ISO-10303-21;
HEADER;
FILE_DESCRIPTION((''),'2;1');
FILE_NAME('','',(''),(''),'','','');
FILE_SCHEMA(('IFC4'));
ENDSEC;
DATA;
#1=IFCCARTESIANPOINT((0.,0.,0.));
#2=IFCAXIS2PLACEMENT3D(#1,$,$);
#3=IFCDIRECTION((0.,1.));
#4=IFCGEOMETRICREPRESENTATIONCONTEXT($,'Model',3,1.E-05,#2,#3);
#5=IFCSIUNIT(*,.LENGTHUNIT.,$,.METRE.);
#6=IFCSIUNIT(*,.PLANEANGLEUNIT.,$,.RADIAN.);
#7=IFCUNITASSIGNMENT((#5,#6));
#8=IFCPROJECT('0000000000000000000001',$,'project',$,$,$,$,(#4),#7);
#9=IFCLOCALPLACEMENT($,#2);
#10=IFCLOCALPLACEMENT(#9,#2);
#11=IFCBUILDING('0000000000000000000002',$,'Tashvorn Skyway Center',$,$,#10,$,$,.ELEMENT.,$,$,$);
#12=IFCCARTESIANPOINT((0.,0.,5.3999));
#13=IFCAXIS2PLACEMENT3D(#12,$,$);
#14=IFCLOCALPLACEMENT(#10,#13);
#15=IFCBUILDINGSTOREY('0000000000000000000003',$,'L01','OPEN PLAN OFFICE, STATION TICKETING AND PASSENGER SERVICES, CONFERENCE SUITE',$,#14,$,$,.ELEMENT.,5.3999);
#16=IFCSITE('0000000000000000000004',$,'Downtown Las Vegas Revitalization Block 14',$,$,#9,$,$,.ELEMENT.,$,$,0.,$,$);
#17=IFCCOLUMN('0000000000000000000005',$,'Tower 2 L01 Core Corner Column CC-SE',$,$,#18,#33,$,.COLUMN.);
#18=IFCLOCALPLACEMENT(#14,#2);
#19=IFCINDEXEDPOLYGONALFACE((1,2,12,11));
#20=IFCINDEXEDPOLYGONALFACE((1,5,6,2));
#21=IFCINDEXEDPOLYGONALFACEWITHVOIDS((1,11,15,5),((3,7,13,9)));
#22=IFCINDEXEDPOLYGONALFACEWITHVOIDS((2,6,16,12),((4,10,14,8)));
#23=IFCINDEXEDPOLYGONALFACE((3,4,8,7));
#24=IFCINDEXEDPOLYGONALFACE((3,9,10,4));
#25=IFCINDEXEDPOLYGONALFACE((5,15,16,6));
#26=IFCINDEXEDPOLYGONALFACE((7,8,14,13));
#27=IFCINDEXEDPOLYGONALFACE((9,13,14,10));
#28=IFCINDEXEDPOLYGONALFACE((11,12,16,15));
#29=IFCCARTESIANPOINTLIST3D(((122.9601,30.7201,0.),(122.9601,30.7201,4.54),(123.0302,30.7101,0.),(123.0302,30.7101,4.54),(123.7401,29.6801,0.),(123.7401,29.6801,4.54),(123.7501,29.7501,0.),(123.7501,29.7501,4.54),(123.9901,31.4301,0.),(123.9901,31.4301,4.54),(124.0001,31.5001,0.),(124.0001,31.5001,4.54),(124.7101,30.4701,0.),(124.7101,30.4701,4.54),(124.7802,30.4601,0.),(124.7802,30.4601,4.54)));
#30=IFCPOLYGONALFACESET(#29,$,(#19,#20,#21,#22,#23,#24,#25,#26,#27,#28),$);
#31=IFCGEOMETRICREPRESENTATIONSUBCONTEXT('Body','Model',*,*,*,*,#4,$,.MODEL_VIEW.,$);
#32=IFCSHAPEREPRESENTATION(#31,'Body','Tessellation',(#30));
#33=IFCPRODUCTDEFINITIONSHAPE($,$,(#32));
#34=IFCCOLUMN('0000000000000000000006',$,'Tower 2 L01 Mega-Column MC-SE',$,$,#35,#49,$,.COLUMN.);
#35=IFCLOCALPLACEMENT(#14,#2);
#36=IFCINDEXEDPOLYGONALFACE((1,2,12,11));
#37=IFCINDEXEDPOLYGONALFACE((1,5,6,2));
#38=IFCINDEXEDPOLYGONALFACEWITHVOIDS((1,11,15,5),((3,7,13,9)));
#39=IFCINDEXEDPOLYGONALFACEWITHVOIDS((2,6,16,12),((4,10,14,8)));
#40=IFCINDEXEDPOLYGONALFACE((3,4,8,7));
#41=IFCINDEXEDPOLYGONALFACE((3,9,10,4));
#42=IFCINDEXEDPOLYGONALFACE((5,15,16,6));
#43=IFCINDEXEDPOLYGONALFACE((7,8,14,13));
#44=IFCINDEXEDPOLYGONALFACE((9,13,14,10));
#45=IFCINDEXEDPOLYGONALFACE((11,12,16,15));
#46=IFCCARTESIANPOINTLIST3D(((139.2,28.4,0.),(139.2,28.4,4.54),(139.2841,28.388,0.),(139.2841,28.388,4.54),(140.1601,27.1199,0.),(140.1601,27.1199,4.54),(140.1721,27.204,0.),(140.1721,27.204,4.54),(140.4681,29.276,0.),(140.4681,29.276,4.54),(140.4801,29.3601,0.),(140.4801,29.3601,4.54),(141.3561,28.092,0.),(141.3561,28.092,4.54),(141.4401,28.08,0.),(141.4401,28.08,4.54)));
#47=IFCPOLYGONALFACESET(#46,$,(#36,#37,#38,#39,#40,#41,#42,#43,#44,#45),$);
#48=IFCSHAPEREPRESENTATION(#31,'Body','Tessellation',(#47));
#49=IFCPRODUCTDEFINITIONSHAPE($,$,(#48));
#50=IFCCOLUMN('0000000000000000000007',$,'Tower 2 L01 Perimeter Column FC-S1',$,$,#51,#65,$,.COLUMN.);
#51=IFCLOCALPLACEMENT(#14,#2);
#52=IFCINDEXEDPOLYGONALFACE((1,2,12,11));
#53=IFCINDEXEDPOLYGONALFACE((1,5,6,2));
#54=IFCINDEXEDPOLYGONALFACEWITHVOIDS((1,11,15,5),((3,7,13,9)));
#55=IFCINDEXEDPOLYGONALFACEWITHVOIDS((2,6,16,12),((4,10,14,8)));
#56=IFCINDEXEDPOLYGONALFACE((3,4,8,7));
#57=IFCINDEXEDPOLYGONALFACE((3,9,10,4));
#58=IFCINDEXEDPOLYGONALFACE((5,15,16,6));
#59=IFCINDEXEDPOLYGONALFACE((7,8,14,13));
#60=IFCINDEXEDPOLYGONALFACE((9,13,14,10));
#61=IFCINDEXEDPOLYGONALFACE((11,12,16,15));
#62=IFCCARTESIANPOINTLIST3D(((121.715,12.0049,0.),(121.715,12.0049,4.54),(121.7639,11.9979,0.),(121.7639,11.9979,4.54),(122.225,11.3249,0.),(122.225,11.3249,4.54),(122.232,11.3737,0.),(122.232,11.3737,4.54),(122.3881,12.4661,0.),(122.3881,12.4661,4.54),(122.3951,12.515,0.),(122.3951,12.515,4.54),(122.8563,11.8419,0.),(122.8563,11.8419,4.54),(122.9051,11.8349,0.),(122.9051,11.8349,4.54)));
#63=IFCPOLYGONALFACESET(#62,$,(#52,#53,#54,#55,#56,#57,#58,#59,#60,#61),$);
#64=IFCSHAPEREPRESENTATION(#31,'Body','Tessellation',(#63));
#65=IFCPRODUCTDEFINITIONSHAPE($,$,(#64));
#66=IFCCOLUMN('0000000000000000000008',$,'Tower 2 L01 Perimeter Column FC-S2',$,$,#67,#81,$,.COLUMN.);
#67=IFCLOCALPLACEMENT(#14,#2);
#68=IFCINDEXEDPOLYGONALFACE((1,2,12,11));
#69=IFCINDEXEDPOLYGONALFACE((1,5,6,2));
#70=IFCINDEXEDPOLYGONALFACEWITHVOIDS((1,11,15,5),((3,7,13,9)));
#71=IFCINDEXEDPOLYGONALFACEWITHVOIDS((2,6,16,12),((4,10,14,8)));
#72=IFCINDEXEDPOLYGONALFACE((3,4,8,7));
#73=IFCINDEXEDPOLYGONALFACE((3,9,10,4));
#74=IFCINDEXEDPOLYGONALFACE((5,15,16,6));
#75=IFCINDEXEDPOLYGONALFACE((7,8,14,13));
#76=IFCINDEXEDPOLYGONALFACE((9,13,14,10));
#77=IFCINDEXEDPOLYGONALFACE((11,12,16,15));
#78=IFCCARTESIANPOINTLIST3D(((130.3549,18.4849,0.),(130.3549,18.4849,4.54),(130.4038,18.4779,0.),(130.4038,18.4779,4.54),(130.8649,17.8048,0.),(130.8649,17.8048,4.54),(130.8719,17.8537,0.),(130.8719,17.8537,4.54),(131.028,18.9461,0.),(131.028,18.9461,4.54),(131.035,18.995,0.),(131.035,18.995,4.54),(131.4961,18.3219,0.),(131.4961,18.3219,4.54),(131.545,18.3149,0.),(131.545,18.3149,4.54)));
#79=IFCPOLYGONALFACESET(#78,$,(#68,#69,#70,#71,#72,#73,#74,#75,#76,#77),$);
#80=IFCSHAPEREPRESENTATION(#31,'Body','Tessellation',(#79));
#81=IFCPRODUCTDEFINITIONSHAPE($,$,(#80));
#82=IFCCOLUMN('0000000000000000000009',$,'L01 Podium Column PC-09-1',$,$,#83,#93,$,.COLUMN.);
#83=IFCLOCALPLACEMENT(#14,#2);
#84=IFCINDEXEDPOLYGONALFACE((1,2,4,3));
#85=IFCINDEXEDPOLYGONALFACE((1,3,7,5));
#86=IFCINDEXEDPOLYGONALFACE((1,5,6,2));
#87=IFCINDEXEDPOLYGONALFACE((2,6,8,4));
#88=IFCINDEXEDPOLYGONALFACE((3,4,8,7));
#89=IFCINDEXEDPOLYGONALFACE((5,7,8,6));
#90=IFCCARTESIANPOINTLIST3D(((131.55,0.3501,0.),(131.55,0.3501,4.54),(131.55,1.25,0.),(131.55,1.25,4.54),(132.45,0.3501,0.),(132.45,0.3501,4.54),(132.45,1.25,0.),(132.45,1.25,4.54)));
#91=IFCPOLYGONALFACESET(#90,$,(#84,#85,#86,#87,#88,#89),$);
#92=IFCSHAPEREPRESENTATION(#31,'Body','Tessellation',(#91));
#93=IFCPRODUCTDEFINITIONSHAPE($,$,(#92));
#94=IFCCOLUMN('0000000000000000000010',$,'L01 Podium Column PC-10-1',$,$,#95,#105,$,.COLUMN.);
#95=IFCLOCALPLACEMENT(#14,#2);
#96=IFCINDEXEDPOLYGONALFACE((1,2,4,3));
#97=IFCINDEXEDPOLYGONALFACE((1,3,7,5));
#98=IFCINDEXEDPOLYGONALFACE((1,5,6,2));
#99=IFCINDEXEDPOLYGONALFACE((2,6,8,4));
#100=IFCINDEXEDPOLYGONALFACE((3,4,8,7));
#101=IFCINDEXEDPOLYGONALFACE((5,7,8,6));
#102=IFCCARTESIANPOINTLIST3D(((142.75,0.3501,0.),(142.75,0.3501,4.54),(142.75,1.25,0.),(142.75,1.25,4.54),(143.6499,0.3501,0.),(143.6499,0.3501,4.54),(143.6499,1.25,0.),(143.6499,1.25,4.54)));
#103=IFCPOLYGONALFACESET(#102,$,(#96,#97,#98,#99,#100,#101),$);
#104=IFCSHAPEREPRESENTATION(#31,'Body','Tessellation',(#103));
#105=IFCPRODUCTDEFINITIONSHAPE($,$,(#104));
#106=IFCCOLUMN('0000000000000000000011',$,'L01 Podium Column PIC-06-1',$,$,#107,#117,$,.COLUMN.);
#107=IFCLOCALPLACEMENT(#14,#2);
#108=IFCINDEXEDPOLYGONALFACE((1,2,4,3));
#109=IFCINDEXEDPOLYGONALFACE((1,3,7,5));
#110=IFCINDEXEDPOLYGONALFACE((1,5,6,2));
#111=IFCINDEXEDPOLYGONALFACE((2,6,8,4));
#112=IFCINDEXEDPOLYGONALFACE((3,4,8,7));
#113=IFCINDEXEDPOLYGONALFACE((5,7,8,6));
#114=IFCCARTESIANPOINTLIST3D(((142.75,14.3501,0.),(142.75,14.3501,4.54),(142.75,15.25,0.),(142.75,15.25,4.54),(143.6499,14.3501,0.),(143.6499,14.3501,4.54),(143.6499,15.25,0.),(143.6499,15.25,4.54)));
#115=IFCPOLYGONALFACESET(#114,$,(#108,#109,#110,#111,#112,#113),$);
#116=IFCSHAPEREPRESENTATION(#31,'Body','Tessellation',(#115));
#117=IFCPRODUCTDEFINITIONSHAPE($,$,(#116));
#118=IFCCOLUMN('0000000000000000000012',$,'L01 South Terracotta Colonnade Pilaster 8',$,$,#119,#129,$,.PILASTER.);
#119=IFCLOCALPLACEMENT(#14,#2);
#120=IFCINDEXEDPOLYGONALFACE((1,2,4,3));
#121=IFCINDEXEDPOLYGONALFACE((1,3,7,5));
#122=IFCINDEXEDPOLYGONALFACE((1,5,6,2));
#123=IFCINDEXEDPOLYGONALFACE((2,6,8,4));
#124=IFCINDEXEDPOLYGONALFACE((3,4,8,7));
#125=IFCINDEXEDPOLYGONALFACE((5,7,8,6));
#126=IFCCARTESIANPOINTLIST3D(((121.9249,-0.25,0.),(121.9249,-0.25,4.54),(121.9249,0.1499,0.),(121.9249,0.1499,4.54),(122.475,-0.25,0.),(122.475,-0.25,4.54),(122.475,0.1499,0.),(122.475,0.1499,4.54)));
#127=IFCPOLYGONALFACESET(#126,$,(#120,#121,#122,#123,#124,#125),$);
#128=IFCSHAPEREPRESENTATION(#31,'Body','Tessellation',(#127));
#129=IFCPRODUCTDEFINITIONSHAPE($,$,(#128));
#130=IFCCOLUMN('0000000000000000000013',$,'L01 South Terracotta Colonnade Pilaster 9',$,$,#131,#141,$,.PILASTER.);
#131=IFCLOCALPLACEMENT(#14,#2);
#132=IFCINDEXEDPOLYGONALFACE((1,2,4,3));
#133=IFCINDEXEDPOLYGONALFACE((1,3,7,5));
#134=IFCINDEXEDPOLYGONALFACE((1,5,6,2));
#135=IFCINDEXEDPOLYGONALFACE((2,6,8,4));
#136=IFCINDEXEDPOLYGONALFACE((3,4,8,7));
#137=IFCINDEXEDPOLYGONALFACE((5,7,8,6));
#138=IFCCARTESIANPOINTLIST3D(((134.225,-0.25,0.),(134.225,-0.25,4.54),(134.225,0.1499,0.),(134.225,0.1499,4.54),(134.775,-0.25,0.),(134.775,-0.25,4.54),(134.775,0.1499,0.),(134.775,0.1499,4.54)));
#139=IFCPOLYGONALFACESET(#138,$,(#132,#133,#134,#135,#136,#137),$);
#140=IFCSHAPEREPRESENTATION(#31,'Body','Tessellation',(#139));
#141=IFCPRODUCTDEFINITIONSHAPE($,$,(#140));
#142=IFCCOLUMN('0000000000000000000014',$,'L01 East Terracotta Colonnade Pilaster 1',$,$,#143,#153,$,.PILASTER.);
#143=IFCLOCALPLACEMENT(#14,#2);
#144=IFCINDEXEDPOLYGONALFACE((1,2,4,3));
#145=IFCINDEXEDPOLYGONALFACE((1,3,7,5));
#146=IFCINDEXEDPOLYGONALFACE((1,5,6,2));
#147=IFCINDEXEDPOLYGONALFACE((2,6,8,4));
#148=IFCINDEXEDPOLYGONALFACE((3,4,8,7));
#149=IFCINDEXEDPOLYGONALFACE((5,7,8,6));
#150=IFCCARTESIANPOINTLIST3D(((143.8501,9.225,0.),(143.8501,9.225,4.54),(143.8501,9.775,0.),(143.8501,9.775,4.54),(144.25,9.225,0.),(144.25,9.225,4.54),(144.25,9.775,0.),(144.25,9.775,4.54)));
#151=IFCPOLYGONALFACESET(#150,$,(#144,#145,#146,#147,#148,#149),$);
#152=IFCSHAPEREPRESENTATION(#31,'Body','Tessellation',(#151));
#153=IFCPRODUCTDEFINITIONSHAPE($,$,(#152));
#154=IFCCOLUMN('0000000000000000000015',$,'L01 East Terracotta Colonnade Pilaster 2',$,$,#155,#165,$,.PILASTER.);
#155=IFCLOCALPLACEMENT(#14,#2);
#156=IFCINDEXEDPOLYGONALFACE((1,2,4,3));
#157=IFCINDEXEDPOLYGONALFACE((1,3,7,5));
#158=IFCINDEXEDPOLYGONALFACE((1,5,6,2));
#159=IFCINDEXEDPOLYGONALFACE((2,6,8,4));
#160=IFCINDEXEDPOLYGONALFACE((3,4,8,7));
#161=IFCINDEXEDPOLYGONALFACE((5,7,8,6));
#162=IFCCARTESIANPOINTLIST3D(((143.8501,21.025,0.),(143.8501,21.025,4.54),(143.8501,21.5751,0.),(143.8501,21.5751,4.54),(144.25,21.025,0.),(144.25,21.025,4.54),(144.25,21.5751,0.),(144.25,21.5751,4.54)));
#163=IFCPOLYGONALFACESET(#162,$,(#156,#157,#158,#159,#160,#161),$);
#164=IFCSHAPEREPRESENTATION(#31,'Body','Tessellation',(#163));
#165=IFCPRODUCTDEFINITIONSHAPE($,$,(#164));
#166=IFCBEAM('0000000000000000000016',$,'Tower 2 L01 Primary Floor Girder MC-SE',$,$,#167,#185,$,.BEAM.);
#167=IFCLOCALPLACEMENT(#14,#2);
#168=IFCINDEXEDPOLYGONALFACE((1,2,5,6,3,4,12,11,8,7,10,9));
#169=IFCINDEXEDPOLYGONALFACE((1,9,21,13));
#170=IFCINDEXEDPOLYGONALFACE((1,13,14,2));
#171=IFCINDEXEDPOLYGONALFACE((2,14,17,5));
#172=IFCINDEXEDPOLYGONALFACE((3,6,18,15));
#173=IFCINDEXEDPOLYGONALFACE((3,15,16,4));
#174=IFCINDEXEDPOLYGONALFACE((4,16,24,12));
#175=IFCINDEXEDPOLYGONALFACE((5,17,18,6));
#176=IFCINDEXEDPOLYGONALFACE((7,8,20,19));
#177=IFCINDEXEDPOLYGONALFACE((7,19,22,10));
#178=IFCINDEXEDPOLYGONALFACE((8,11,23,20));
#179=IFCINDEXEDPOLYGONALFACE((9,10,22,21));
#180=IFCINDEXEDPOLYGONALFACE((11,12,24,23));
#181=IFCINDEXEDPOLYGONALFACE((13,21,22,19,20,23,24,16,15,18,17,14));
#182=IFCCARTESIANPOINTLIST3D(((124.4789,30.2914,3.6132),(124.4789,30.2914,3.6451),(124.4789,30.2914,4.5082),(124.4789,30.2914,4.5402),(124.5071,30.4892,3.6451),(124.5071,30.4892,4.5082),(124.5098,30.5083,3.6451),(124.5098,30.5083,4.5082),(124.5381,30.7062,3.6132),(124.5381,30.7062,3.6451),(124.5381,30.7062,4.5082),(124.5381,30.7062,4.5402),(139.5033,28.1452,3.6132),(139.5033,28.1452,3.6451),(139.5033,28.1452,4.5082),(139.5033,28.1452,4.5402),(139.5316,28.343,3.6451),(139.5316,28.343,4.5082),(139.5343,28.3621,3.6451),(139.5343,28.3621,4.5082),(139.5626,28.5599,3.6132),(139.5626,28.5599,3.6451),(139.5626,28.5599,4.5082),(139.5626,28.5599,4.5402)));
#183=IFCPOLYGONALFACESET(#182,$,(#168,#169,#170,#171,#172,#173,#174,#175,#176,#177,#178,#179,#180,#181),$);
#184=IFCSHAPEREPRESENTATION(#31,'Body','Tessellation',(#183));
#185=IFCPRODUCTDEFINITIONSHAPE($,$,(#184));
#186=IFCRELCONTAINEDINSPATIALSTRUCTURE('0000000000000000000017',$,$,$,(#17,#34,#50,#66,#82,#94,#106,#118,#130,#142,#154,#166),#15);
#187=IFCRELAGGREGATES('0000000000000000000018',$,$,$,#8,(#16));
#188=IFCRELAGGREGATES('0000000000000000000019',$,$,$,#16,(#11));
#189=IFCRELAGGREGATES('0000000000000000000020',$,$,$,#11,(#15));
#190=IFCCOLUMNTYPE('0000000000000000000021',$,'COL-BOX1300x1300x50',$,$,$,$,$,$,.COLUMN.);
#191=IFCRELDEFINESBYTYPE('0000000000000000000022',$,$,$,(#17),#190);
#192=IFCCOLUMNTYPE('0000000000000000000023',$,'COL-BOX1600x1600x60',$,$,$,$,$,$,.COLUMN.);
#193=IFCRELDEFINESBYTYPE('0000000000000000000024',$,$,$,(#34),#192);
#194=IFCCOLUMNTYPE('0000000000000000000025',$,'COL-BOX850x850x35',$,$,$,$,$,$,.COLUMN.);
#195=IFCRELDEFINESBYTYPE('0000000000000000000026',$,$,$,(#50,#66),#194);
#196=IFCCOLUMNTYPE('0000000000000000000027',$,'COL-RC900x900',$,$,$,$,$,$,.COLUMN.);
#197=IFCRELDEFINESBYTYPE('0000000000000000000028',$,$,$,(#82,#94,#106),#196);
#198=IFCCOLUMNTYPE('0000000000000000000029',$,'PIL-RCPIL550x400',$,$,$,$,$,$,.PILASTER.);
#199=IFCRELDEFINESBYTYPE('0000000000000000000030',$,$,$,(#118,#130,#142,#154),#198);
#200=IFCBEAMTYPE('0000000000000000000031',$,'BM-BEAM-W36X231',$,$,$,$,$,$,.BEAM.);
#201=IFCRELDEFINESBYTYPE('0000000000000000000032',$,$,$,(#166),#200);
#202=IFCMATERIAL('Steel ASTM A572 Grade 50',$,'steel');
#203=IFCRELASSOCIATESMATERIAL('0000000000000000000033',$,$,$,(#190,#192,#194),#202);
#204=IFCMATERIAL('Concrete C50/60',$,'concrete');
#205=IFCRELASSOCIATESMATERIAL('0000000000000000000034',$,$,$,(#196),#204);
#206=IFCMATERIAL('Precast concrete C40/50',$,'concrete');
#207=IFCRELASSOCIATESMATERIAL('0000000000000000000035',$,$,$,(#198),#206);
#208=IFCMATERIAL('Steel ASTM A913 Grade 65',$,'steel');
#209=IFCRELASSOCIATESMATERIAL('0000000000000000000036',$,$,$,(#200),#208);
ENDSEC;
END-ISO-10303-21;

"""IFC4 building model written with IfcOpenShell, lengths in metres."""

from ifc_helpers import new_model, si_unit, direction, frame, origin, origin_2d, place, context, subcontext, project, spatial, rectangle, hollow_rectangle, i_section, extrude, material, material_profile, profile_set, type_object, element, save


model = new_model("IFC4")

# Units and contexts
model_context = context("Model", 3, precision=1e-05, world=origin(), true_north=direction((0.0, 1.0)))
body_context = subcontext(model_context, "Body", "Model", "MODEL_VIEW")
ifc_project = project(units=[si_unit("LENGTHUNIT", "METRE"), si_unit("PLANEANGLEUNIT", "RADIAN")], contexts=[model_context])

# Site, building, storey
site_placement = place(None, origin())
site = spatial("IfcSite", under=ifc_project, at=site_placement, Name="Downtown Las Vegas Revitalization Block 14", CompositionType="ELEMENT", RefElevation=0.0)
building_placement = place(site_placement, origin())
building = spatial("IfcBuilding", under=site, at=building_placement, Name="Tashvorn Skyway Center", CompositionType="ELEMENT")
storey_placement = place(building_placement, frame((0.0, 0.0, 5.3999)))
storey = spatial("IfcBuildingStorey", under=building, at=storey_placement, Name="L01", Description="OPEN PLAN OFFICE, STATION TICKETING AND PASSENGER SERVICES, CONFERENCE SUITE", CompositionType="ELEMENT", Elevation=5.3999)

# Columns
ifc_material_1 = material(Name="Steel ASTM A572 Grade 50", Category="steel")
ifc_material_profile_1 = material_profile(ifc_material_1, hollow_rectangle(XDim=1.3, YDim=1.3, WallThickness=0.05, at=origin_2d()), Name="BOX1300x1300x50")
ifc_profile_set_1 = profile_set([ifc_material_profile_1], Name="Steel ASTM A572 Grade 50")
column_type_1 = type_object("IfcColumnType", Name="COL-BOX1300x1300x50", PredefinedType="COLUMN", material=ifc_profile_set_1)
column_1_placement = place(storey_placement, frame((123.8701, 30.5901, 0.0), z_axis=(0.0, 0.0, 1.0), x_axis=(0.8, 0.6, 0.0)))
element("IfcColumn", 1, at=column_1_placement, inside=storey, type_object=column_type_1, Name="Tower 2 L01 Core Corner Column CC-SE", PredefinedType="COLUMN", context=body_context, shape_type="SweptSolid", body=[
    extrude(hollow_rectangle(XDim=1.3, YDim=1.3, WallThickness=0.05, at=origin_2d()), origin(), (0.0, 0.0, 1.0), 4.54),
])
ifc_material_profile_2 = material_profile(ifc_material_1, hollow_rectangle(XDim=1.6001, YDim=1.6001, WallThickness=0.0601, at=origin_2d()), Name="BOX1600x1600x60")
ifc_profile_set_2 = profile_set([ifc_material_profile_2], Name="Steel ASTM A572 Grade 50")
column_type_2 = type_object("IfcColumnType", Name="COL-BOX1600x1600x60", PredefinedType="COLUMN", material=ifc_profile_set_2)
column_2_placement = place(storey_placement, frame((140.3201, 28.24, 0.0), z_axis=(0.0, 0.0, 1.0), x_axis=(0.8, 0.6, 0.0)))
element("IfcColumn", 2, at=column_2_placement, inside=storey, type_object=column_type_2, Name="Tower 2 L01 Mega-Column MC-SE", PredefinedType="COLUMN", context=body_context, shape_type="SweptSolid", body=[
    extrude(hollow_rectangle(XDim=1.6001, YDim=1.6001, WallThickness=0.0601, at=origin_2d()), origin(), (0.0, 0.0, 1.0), 4.54),
])
ifc_material_profile_3 = material_profile(ifc_material_1, hollow_rectangle(XDim=0.8501, YDim=0.8501, WallThickness=0.0349, at=origin_2d()), Name="BOX850x850x35")
ifc_profile_set_3 = profile_set([ifc_material_profile_3], Name="Steel ASTM A572 Grade 50")
column_type_3 = type_object("IfcColumnType", Name="COL-BOX850x850x35", PredefinedType="COLUMN", material=ifc_profile_set_3)
for number, where, z_axis, x_axis, name in (
    (3, (122.3101, 11.9199, 0.0), (0.0, 0.0, 1.0), (0.8, 0.6, 0.0), "Tower 2 L01 Perimeter Column FC-S1"),
    (4, (130.95, 18.3999, 0.0), (0.0, 0.0, 1.0), (0.8, 0.6, 0.0), "Tower 2 L01 Perimeter Column FC-S2"),
):
    element("IfcColumn", number, at=place(storey_placement, frame(where, z_axis=z_axis, x_axis=x_axis)), inside=storey, type_object=column_type_3, Name=name, PredefinedType="COLUMN", context=body_context, shape_type="SweptSolid", body=[
        extrude(hollow_rectangle(XDim=0.8501, YDim=0.8501, WallThickness=0.0349, at=origin_2d()), origin(), (0.0, 0.0, 1.0), 4.54),
    ])
ifc_material_2 = material(Name="Concrete C50/60", Category="concrete")
ifc_material_profile_4 = material_profile(ifc_material_2, rectangle(XDim=0.8999, YDim=0.8999, at=origin_2d()), Name="RC900x900")
ifc_profile_set_4 = profile_set([ifc_material_profile_4], Name="Concrete C50/60")
column_type_4 = type_object("IfcColumnType", Name="COL-RC900x900", PredefinedType="COLUMN", material=ifc_profile_set_4)
for number, where, z_axis, x_axis, name in (
    (5, (132.0, 0.8, 0.0), (0.0, 0.0, 1.0), (1.0, 0.0, 0.0), "L01 Podium Column PC-09-1"),
    (6, (143.2, 0.8, 0.0), (0.0, 0.0, 1.0), (1.0, 0.0, 0.0), "L01 Podium Column PC-10-1"),
    (7, (143.2, 14.8, 0.0), (0.0, 0.0, 1.0), (1.0, 0.0, 0.0), "L01 Podium Column PIC-06-1"),
):
    element("IfcColumn", number, at=place(storey_placement, frame(where, z_axis=z_axis, x_axis=x_axis)), inside=storey, type_object=column_type_4, Name=name, PredefinedType="COLUMN", context=body_context, shape_type="SweptSolid", body=[
        extrude(rectangle(XDim=0.8999, YDim=0.8999, at=origin_2d()), origin(), (0.0, 0.0, 1.0), 4.54),
    ])
ifc_material_3 = material(Name="Precast concrete C40/50", Category="concrete")
ifc_material_profile_5 = material_profile(ifc_material_3, rectangle(XDim=0.55, YDim=0.3999, at=origin_2d()), Name="RCPIL550x400")
ifc_profile_set_5 = profile_set([ifc_material_profile_5], Name="Precast concrete C40/50")
column_type_5 = type_object("IfcColumnType", Name="PIL-RCPIL550x400", PredefinedType="PILASTER", material=ifc_profile_set_5)
for number, where, z_axis, x_axis, name in (
    (8, (122.2, -0.05, 0.0), (0.0, 0.0, 1.0), (1.0, 0.0, 0.0), "L01 South Terracotta Colonnade Pilaster 8"),
    (9, (134.5, -0.05, 0.0), (0.0, 0.0, 1.0), (1.0, 0.0, 0.0), "L01 South Terracotta Colonnade Pilaster 9"),
    (10, (144.05, 9.5, 0.0), (0.0, 0.0, 1.0), (0.0, 1.0, 0.0), "L01 East Terracotta Colonnade Pilaster 1"),
    (11, (144.05, 21.3, 0.0), (0.0, 0.0, 1.0), (0.0, 1.0, 0.0), "L01 East Terracotta Colonnade Pilaster 2"),
):
    element("IfcColumn", number, at=place(storey_placement, frame(where, z_axis=z_axis, x_axis=x_axis)), inside=storey, type_object=column_type_5, Name=name, PredefinedType="PILASTER", context=body_context, shape_type="SweptSolid", body=[
        extrude(rectangle(XDim=0.55, YDim=0.3999, at=origin_2d()), origin(), (0.0, 0.0, 1.0), 4.54),
    ])

# Beam
ifc_material_4 = material(Name="Steel ASTM A913 Grade 65", Category="steel")
ifc_material_profile_6 = material_profile(ifc_material_4, i_section(OverallWidth=0.4189, OverallDepth=0.927, WebThickness=0.0193, FlangeThickness=0.032, at=origin_2d()), Name="W36X231")
ifc_profile_set_6 = profile_set([ifc_material_profile_6], Name="Steel ASTM A913 Grade 65")
beam_type_1 = type_object("IfcBeamType", Name="BM-BEAM-W36X231", PredefinedType="BEAM", material=ifc_profile_set_6)
beam_1_placement = place(storey_placement, frame((139.533, 28.3525, 4.0767), z_axis=(-0.98995, 0.141415, 0.0), x_axis=(-0.141415, -0.98995, 0.0)))
element("IfcBeam", 12, at=beam_1_placement, inside=storey, type_object=beam_type_1, Name="Tower 2 L01 Primary Floor Girder MC-SE", PredefinedType="BEAM", context=body_context, shape_type="SweptSolid", body=[
    extrude(i_section(OverallWidth=0.4189, OverallDepth=0.927, WebThickness=0.0193, FlangeThickness=0.032, at=origin_2d()), origin(), (0.0, 0.0, 1.0), 15.177),
])

save(model, "model.ifc")
